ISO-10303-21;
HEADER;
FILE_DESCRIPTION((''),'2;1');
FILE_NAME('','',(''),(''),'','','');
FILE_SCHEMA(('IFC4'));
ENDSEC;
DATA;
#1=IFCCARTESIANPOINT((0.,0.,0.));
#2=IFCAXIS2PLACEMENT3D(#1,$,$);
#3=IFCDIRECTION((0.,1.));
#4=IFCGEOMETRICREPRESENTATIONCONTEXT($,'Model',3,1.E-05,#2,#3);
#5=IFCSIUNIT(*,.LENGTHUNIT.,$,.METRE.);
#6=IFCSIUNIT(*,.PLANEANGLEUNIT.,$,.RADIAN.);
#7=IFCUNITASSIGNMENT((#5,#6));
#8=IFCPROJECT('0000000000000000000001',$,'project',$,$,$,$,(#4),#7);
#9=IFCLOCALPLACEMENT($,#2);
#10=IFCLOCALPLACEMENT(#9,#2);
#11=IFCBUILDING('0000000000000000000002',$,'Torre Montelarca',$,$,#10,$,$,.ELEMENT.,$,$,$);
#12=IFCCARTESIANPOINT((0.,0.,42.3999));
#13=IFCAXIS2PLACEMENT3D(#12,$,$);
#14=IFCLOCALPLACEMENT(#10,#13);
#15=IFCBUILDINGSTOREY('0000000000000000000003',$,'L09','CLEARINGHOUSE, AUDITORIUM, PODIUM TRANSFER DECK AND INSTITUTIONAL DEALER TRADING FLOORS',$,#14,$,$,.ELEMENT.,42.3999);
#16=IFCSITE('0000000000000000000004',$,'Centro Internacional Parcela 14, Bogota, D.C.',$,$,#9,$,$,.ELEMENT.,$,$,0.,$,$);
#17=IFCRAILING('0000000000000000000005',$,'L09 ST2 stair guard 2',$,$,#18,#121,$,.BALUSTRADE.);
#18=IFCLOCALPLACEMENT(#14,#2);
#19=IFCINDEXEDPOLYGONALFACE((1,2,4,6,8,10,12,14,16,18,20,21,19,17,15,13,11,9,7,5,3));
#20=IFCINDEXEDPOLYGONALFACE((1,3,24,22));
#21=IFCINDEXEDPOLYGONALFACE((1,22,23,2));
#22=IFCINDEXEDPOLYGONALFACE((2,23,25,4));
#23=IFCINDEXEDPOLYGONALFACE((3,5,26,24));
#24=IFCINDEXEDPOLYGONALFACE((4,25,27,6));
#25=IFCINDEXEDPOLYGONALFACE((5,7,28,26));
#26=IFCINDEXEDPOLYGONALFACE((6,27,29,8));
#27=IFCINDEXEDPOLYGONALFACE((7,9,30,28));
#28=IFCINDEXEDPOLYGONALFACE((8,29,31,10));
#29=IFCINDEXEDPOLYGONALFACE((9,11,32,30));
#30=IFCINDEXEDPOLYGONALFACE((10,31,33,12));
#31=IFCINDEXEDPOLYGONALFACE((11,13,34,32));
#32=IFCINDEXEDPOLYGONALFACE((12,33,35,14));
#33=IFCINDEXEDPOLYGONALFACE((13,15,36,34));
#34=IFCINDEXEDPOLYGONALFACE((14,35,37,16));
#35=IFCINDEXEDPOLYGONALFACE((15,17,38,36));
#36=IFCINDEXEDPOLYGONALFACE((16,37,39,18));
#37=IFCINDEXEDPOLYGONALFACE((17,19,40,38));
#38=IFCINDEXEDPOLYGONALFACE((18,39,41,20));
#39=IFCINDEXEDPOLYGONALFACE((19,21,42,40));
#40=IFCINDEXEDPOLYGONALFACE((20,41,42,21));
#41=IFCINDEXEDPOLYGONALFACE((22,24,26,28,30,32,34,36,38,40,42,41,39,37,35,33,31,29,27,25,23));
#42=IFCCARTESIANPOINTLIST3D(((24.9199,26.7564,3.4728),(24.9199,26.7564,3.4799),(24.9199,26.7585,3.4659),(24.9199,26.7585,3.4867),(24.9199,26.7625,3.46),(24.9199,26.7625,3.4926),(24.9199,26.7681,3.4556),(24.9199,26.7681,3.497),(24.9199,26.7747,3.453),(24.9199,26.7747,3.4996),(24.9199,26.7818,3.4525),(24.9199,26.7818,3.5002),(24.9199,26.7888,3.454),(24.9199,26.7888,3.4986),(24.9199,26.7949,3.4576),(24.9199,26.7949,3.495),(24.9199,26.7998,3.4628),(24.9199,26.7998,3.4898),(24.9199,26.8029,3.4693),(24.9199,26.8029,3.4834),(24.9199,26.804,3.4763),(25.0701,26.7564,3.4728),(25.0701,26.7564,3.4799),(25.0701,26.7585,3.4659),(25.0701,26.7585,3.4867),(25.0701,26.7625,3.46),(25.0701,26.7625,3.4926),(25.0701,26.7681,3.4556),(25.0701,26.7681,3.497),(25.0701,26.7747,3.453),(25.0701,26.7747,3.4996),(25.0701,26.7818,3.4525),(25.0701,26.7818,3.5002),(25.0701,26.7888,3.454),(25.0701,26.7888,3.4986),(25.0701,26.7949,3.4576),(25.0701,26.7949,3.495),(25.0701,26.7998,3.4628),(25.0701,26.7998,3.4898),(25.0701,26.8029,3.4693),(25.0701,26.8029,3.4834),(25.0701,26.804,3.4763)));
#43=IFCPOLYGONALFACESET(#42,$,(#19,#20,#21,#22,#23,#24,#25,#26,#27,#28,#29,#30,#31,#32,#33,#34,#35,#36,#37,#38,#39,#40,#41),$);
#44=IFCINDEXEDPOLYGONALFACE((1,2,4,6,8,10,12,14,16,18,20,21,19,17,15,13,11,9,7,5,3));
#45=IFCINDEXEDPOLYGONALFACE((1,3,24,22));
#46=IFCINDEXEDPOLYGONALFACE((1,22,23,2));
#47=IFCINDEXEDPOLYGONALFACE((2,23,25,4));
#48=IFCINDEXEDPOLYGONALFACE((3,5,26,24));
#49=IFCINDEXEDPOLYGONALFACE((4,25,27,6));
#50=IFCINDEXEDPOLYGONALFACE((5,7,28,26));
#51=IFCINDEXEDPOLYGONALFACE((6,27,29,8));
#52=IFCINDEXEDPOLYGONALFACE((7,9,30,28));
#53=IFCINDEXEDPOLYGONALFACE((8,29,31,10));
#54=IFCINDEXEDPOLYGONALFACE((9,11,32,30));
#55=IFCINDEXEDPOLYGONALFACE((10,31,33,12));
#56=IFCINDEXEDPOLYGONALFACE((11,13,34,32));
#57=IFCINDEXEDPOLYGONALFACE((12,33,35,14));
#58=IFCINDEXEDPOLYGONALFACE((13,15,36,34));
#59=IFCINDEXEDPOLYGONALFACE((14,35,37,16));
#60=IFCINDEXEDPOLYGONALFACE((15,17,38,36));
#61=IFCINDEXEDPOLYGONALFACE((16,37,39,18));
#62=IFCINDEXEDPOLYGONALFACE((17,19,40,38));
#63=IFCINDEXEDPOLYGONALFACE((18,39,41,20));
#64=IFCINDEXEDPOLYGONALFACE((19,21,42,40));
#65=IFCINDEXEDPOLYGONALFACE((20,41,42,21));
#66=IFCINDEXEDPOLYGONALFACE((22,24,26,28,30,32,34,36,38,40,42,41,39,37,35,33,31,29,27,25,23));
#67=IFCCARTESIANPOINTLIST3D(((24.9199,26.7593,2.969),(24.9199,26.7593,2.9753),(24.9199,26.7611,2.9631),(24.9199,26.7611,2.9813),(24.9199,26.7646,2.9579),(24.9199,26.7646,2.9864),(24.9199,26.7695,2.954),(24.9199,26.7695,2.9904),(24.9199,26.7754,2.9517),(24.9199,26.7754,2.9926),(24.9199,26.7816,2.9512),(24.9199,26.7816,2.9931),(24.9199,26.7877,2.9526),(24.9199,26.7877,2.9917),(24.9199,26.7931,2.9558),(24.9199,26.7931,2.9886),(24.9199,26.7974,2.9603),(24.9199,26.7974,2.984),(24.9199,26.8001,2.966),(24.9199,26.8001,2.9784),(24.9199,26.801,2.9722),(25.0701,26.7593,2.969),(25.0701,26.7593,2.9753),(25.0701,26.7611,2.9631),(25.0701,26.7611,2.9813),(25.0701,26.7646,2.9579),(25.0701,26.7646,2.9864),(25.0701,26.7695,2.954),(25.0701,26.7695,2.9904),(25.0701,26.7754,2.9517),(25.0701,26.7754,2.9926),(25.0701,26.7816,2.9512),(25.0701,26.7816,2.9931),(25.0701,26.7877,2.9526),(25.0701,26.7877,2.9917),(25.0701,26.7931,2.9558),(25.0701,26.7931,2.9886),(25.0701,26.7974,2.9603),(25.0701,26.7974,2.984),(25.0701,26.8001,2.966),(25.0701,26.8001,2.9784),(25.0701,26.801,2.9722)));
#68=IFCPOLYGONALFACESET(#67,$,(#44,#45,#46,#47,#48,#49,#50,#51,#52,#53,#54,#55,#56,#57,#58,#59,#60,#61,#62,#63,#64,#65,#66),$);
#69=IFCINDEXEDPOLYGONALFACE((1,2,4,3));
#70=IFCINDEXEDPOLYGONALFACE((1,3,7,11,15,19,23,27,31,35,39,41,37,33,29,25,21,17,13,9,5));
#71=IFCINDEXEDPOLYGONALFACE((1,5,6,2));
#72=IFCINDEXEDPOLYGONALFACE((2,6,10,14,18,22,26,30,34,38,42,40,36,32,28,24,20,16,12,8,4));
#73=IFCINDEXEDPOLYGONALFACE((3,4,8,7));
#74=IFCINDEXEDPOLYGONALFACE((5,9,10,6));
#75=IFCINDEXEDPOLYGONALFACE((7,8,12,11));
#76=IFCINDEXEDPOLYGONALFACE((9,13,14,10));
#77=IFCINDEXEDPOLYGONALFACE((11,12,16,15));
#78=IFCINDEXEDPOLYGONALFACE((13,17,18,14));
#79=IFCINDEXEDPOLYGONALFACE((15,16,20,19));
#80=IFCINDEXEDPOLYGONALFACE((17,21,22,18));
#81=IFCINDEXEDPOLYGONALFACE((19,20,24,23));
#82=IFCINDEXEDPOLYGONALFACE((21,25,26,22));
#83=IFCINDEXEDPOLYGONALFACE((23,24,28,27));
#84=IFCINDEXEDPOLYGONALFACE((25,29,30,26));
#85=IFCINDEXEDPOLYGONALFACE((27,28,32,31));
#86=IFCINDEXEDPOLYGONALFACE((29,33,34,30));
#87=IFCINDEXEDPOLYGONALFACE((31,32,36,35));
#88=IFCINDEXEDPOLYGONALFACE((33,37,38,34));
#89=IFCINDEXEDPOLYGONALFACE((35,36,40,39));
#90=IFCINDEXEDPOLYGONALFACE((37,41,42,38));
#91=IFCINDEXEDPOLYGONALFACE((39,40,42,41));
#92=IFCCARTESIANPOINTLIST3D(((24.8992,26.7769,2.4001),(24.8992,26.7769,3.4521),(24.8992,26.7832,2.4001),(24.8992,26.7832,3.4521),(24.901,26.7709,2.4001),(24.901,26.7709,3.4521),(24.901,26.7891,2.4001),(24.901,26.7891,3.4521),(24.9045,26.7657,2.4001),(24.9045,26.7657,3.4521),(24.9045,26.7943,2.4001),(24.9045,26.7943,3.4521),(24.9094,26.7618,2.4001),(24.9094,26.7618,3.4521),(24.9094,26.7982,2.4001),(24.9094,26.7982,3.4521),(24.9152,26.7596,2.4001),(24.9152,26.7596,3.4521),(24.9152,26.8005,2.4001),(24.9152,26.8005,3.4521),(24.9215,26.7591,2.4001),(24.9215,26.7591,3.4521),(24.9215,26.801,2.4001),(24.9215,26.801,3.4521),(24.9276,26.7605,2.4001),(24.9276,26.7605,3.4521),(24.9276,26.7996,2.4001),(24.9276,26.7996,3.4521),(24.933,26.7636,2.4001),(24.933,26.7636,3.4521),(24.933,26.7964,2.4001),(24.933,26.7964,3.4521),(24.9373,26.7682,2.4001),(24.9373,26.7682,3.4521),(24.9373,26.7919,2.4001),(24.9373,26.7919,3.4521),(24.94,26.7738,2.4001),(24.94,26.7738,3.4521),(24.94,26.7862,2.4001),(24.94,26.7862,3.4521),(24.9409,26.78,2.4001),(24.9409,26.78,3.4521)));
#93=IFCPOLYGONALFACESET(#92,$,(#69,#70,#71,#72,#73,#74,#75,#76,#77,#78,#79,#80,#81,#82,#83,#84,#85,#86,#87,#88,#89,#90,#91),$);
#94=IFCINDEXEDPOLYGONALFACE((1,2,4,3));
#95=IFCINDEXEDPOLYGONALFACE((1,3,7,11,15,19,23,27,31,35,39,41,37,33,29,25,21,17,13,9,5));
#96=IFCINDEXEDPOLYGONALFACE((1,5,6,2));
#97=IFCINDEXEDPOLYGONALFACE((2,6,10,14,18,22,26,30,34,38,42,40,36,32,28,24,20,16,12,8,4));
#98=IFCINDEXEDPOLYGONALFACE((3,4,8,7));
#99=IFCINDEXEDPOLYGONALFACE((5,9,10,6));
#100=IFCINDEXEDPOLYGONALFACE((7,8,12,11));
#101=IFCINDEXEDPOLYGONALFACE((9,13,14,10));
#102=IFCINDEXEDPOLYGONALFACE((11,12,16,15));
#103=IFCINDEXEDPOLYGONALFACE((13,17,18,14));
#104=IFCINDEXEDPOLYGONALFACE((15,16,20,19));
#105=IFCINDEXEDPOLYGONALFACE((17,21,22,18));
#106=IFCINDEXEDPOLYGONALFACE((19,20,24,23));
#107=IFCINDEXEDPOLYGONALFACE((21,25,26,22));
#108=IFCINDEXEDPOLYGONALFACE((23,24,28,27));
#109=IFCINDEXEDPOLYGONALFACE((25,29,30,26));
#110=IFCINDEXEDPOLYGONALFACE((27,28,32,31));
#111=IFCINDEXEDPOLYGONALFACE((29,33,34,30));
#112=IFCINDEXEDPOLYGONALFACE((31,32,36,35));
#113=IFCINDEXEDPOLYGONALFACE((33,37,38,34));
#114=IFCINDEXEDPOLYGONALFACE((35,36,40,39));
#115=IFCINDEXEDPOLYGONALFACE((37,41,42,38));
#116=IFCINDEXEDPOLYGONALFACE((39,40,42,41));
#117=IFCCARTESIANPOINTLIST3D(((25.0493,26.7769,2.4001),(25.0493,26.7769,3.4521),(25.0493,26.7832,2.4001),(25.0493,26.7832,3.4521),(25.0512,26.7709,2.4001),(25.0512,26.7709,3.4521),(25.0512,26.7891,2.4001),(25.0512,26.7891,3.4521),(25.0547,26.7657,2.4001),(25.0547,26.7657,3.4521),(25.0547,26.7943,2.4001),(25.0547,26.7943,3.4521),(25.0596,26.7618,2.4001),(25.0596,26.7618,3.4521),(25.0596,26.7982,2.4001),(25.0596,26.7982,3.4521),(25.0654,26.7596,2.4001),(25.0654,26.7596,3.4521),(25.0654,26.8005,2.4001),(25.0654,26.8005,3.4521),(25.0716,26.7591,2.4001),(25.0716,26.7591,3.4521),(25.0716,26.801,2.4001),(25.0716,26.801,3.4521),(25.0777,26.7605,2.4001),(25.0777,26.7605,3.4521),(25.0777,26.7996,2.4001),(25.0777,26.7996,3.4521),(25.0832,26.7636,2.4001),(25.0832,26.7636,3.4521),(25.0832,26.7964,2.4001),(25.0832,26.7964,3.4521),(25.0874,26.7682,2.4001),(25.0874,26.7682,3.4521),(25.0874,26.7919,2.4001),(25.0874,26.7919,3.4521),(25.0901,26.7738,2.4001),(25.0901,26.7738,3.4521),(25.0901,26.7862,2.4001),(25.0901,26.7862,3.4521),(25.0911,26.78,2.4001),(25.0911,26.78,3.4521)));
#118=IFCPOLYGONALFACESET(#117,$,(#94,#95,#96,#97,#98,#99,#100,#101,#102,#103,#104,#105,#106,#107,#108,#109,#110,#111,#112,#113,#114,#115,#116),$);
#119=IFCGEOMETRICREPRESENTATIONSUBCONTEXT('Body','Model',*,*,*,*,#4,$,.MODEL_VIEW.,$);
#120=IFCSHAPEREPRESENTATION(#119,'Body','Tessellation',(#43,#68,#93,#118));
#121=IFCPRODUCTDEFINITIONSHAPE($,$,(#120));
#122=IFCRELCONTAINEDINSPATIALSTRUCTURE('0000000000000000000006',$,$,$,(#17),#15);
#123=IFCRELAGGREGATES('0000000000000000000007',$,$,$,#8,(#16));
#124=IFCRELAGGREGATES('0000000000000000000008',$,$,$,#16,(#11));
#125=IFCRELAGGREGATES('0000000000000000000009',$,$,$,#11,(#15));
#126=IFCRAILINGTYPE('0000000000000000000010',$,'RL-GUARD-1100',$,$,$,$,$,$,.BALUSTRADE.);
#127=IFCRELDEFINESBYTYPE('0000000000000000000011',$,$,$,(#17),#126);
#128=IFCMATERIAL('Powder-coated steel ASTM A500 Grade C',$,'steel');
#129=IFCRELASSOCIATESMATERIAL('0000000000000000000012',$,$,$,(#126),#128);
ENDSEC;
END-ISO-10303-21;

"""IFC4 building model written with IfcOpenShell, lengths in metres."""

from ifc_helpers import new_model, si_unit, direction, frame, origin, origin_2d, place, context, subcontext, project, spatial, circle, extrude, material, type_object, element, save


model = new_model("IFC4")

# Units and contexts
model_context = context("Model", 3, precision=1e-05, world=origin(), true_north=direction((0.0, 1.0)))
body_context = subcontext(model_context, "Body", "Model", "MODEL_VIEW")
ifc_project = project(units=[si_unit("LENGTHUNIT", "METRE"), si_unit("PLANEANGLEUNIT", "RADIAN")], contexts=[model_context])

# Site, building, storey
site_placement = place(None, origin())
site = spatial("IfcSite", under=ifc_project, at=site_placement, Name="Centro Internacional Parcela 14, Bogota, D.C.", CompositionType="ELEMENT", RefElevation=0.0)
building_placement = place(site_placement, origin())
building = spatial("IfcBuilding", under=site, at=building_placement, Name="Torre Montelarca", CompositionType="ELEMENT")
storey_placement = place(building_placement, frame((0.0, 0.0, 42.3999)))
storey = spatial("IfcBuildingStorey", under=building, at=storey_placement, Name="L09", Description="CLEARINGHOUSE, AUDITORIUM, PODIUM TRANSFER DECK AND INSTITUTIONAL DEALER TRADING FLOORS", CompositionType="ELEMENT", Elevation=42.3999)

# Railing
ifc_material_1 = material(Name="Powder-coated steel ASTM A500 Grade C", Category="steel")
railing_type_1 = type_object("IfcRailingType", Name="RL-GUARD-1100", PredefinedType="BALUSTRADE", material=ifc_material_1)
railing_1_placement = place(storey_placement, frame((24.9199, 26.78, 2.4001)))
element("IfcRailing", 1, at=railing_1_placement, inside=storey, type_object=railing_type_1, Name="L09 ST2 stair guard 2", PredefinedType="BALUSTRADE", context=body_context, shape_type="SweptSolid", body=[
    extrude(circle(Radius=0.0239, at=origin_2d()), frame((0.0, 0.0, 1.0762), z_axis=(1.0, 0.0, 0.0), x_axis=(0.0, 1.0, 0.0)), (0.0, 0.0, 1.0), 0.1501),
    extrude(circle(Radius=0.021, at=origin_2d()), frame((0.0, 0.0, 0.572), z_axis=(1.0, 0.0, 0.0), x_axis=(0.0, 1.0, 0.0)), (0.0, 0.0, 1.0), 0.1501),
    extrude(circle(Radius=0.021, at=origin_2d()), origin(), (0.0, 0.0, 1.0), 1.052),
    extrude(circle(Radius=0.021, at=origin_2d()), frame((0.1501, 0.0, 0.0)), (0.0, 0.0, 1.0), 1.052),
])

save(model, "model.ifc")
